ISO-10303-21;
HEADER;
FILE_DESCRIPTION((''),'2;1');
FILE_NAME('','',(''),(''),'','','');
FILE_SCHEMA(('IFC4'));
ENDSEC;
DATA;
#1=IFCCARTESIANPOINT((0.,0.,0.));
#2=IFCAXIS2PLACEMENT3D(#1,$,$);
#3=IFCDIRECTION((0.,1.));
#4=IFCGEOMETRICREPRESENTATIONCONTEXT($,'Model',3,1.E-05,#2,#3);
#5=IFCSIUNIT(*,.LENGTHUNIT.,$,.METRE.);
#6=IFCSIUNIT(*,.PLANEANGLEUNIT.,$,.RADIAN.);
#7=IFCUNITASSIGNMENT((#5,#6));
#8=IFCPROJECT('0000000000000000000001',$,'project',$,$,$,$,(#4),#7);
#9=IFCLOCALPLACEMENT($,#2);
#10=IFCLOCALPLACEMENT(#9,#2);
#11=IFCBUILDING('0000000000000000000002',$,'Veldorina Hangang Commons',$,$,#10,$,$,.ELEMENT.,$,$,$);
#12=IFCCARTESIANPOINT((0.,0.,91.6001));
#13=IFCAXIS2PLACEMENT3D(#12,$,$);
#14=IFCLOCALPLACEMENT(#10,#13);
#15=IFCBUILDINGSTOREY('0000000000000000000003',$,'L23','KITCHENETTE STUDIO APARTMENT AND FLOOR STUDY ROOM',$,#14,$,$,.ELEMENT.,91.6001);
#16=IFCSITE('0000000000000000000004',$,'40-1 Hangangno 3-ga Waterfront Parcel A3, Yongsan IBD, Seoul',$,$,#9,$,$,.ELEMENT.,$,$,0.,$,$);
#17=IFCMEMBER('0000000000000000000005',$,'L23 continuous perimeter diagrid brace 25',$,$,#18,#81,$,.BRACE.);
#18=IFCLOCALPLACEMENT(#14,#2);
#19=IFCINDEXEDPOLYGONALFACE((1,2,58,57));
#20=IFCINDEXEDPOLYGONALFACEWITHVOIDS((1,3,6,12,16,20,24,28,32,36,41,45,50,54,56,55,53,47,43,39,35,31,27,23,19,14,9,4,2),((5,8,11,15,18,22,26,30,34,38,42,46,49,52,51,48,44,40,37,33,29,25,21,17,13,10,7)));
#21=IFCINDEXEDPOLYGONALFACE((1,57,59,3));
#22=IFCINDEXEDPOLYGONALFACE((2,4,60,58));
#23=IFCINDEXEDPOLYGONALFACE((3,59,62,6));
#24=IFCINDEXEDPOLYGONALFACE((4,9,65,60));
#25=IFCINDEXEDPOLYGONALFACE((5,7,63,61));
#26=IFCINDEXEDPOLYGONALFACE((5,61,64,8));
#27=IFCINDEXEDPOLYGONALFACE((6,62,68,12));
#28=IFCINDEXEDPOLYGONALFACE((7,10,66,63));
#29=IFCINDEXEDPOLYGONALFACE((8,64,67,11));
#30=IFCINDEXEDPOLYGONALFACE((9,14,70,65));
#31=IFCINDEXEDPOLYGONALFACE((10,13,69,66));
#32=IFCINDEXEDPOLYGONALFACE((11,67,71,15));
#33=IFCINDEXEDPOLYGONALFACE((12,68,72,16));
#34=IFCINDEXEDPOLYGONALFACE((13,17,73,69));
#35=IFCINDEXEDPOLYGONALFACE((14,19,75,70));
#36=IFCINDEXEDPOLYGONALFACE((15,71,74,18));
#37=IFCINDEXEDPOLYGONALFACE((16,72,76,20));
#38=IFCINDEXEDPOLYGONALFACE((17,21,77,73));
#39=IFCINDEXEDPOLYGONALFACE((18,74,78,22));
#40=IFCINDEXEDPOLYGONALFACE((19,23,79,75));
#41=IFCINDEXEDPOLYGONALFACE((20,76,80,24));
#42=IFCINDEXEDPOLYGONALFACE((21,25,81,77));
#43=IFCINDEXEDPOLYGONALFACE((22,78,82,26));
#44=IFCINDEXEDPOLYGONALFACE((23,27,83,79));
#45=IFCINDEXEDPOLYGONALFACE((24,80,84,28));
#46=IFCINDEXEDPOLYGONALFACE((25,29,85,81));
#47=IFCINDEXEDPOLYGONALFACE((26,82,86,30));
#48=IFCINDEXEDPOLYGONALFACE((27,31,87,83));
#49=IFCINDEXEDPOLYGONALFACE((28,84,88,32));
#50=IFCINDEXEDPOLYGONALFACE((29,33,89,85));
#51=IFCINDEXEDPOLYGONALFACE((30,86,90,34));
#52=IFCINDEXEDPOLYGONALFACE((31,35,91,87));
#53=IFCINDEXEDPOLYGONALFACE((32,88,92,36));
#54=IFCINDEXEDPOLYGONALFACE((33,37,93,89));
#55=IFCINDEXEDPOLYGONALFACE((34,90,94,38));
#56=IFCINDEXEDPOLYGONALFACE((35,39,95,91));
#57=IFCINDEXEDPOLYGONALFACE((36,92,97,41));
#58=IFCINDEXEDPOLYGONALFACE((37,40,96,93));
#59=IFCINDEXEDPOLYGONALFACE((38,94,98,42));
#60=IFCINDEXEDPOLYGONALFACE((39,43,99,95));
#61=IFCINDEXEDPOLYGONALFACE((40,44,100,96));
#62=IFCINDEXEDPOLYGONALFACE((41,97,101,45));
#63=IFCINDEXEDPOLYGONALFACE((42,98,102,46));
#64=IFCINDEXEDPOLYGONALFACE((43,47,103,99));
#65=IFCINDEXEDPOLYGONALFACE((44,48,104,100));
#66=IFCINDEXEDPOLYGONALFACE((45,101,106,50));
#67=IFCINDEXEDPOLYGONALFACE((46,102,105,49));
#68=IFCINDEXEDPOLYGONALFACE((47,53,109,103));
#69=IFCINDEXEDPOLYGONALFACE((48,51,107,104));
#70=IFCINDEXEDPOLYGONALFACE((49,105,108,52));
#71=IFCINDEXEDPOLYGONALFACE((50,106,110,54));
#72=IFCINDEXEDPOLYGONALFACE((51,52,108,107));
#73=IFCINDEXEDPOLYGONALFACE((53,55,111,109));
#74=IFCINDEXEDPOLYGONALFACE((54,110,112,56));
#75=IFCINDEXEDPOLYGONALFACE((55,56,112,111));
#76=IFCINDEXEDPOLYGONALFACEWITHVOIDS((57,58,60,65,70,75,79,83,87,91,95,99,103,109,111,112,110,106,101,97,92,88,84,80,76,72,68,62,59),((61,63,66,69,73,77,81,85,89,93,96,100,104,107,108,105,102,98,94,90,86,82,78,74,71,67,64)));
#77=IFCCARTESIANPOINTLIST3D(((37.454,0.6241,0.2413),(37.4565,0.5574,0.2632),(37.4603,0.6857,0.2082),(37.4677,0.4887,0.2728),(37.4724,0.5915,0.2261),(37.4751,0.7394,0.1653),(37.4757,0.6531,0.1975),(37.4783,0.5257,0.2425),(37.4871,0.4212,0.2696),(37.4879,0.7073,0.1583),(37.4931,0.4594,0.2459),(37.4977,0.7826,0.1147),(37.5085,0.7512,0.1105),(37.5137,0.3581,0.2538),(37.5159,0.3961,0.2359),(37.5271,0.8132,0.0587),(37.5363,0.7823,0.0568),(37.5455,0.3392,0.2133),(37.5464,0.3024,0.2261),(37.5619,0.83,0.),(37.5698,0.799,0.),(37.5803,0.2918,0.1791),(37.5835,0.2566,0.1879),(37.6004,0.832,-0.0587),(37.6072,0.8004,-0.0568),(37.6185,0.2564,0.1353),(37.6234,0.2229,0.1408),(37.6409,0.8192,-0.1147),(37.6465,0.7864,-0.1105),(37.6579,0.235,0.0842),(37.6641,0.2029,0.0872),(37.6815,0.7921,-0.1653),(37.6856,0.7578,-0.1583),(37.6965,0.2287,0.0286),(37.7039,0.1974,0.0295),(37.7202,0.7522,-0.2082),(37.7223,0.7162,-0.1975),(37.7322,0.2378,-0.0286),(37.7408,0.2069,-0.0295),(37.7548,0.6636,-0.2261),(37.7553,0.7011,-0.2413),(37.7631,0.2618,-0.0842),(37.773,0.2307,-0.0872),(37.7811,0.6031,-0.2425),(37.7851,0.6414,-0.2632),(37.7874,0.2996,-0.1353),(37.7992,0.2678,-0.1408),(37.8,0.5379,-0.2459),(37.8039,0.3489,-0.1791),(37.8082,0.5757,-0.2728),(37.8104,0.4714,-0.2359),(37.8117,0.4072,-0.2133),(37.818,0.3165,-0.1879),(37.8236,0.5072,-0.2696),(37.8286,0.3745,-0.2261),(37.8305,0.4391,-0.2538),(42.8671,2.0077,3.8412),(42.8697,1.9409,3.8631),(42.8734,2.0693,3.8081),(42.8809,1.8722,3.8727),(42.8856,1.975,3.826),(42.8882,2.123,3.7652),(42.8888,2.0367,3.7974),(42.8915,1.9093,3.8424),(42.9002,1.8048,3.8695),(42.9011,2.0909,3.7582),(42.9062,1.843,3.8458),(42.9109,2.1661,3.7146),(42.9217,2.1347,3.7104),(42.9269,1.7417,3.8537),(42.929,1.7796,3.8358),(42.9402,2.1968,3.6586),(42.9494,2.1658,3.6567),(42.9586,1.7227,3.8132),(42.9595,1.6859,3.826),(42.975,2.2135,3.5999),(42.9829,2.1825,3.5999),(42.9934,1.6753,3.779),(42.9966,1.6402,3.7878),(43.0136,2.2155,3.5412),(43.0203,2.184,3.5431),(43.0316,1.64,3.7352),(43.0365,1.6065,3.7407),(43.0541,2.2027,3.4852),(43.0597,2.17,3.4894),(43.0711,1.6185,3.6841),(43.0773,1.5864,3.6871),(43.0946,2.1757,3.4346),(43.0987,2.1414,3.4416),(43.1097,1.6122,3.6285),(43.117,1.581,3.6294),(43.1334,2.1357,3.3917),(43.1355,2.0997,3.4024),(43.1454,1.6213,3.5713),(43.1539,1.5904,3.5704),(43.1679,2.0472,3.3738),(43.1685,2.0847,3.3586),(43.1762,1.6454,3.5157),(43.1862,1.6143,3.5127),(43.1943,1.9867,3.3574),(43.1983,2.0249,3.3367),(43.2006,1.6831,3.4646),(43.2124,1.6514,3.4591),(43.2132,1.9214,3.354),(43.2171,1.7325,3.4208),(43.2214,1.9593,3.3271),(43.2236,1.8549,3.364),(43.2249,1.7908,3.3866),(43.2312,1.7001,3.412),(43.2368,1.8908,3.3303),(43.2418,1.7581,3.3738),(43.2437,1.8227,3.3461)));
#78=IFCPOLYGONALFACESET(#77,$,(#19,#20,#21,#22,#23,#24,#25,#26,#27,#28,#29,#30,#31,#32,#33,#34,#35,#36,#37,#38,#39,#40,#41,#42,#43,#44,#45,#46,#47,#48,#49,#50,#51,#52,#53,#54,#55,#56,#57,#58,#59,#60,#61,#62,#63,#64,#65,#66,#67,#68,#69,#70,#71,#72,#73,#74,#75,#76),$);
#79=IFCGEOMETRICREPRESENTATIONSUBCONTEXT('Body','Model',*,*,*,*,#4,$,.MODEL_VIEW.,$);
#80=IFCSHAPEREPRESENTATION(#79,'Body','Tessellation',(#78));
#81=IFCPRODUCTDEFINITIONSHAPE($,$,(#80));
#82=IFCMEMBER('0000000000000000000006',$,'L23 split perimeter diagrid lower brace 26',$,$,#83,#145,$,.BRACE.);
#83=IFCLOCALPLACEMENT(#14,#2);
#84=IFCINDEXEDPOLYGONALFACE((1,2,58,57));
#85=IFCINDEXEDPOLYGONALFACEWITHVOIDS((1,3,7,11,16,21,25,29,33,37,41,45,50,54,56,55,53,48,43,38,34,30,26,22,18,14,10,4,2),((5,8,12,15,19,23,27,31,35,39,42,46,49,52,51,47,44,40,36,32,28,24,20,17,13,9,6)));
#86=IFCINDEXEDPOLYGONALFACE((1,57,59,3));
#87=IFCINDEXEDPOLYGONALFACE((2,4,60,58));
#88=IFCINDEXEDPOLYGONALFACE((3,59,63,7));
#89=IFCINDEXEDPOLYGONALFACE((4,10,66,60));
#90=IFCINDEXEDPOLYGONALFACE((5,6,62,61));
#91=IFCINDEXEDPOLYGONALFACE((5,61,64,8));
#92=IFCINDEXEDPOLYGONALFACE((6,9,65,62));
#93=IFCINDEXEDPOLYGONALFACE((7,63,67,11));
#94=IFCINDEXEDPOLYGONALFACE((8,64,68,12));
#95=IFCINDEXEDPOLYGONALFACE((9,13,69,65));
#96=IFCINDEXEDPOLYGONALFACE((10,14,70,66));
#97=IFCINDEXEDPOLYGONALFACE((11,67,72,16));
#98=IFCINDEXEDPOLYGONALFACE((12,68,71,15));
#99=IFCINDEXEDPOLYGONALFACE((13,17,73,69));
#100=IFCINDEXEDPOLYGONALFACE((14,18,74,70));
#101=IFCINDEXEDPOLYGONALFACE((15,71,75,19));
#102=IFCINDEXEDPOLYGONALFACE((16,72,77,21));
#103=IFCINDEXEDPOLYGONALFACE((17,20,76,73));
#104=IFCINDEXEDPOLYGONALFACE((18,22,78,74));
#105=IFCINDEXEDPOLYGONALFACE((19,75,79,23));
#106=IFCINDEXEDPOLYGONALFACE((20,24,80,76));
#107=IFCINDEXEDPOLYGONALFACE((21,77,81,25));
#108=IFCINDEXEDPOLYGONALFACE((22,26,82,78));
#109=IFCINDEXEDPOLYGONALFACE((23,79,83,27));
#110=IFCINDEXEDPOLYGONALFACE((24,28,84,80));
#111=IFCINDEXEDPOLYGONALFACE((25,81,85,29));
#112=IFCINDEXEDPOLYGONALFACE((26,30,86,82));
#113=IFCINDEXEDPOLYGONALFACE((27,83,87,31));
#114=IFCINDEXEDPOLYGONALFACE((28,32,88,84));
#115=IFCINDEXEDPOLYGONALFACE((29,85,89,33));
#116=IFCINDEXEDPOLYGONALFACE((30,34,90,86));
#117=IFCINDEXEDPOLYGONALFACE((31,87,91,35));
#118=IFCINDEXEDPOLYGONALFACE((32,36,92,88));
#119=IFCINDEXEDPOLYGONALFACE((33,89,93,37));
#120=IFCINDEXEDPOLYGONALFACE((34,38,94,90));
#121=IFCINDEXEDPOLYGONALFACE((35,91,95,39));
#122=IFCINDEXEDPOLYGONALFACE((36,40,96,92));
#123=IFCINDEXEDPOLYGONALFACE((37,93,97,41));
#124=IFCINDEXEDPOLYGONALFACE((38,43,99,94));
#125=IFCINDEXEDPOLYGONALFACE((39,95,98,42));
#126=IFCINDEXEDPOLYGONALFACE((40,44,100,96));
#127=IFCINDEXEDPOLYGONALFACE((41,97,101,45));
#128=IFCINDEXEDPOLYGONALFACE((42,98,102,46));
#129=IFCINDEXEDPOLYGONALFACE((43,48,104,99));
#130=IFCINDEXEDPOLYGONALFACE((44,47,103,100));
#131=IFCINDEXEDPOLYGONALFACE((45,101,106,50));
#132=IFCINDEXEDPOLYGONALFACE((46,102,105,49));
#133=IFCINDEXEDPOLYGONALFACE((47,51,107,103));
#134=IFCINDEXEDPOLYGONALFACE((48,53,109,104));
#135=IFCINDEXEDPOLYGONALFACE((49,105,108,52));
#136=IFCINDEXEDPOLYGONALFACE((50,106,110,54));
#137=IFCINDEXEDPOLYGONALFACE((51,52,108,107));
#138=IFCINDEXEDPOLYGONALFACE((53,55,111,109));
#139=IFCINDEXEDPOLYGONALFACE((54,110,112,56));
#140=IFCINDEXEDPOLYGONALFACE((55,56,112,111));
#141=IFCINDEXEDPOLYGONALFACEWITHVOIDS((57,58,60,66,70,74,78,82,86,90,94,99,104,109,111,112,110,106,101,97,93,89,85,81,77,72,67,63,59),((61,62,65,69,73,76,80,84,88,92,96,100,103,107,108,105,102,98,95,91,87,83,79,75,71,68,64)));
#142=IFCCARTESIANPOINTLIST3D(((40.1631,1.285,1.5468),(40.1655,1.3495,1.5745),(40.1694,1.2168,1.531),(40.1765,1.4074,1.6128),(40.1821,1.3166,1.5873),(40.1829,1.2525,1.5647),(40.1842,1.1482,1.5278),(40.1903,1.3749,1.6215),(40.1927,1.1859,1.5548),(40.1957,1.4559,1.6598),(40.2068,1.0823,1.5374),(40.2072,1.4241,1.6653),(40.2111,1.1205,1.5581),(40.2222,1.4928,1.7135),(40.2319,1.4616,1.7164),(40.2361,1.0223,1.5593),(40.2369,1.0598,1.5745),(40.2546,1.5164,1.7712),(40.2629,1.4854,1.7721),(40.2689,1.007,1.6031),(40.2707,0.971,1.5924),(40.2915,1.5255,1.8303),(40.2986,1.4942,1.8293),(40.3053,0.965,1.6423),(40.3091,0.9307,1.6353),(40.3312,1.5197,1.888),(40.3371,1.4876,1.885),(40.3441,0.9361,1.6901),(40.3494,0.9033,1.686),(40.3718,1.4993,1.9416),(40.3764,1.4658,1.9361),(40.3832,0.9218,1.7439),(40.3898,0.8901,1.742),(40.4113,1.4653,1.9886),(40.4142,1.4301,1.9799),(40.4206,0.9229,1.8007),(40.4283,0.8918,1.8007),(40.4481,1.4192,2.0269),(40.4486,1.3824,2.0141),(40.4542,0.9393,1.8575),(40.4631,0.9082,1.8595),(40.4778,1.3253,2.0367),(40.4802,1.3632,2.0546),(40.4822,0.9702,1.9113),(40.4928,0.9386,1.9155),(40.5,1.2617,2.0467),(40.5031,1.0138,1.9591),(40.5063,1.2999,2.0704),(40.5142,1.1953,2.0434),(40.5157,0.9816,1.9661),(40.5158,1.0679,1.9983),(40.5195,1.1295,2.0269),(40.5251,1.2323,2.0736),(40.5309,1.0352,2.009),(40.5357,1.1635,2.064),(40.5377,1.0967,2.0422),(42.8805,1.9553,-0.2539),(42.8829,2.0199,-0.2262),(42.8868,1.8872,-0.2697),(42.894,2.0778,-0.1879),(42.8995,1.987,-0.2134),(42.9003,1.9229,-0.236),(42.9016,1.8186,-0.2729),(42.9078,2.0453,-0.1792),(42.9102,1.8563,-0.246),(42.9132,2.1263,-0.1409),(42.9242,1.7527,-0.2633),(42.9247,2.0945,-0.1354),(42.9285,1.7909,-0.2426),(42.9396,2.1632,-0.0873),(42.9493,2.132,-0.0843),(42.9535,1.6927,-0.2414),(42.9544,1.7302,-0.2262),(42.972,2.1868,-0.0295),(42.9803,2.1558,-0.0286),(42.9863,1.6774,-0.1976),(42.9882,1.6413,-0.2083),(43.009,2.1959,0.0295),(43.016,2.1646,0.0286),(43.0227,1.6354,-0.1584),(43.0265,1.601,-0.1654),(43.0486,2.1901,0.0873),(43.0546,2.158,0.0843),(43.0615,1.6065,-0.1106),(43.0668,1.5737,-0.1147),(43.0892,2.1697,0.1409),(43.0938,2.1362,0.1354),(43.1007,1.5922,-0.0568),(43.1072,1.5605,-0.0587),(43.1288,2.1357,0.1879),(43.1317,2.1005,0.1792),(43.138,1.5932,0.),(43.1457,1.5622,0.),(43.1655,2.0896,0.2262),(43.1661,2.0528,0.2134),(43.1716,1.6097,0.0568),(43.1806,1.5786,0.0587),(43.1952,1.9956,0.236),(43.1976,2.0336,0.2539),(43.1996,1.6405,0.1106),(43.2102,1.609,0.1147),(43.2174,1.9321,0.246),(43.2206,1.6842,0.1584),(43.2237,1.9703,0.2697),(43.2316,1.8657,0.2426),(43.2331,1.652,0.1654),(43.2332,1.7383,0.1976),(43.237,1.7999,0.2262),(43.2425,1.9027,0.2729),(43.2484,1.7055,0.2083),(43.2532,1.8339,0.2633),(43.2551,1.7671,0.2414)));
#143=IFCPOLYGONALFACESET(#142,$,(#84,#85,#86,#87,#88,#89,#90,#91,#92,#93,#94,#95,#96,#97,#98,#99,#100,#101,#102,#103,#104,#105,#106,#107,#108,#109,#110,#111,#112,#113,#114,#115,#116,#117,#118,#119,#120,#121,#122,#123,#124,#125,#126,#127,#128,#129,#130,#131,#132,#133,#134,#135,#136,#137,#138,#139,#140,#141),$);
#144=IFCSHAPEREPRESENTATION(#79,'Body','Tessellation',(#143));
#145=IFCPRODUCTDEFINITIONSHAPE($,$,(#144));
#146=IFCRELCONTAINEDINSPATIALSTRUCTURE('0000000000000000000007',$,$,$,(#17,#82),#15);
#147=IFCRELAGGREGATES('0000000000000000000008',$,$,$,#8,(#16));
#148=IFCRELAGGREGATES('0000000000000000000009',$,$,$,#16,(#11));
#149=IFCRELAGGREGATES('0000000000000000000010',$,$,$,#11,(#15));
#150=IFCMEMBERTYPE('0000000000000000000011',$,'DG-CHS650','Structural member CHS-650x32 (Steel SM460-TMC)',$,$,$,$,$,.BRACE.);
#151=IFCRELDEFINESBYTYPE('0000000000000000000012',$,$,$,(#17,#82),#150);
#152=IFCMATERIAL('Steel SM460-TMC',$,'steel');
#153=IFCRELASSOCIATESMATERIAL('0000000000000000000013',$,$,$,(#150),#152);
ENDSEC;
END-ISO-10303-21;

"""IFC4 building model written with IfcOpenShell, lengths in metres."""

from ifc_helpers import new_model, si_unit, direction, frame, origin, origin_2d, place, context, subcontext, project, spatial, hollow_circle, extrude, material, material_profile, profile_set, type_object, element, save


model = new_model("IFC4")

# Units and contexts
model_context = context("Model", 3, precision=1e-05, world=origin(), true_north=direction((0.0, 1.0)))
body_context = subcontext(model_context, "Body", "Model", "MODEL_VIEW")
ifc_project = project(units=[si_unit("LENGTHUNIT", "METRE"), si_unit("PLANEANGLEUNIT", "RADIAN")], contexts=[model_context])

# Site, building, storey
site_placement = place(None, origin())
site = spatial("IfcSite", under=ifc_project, at=site_placement, Name="40-1 Hangangno 3-ga Waterfront Parcel A3, Yongsan IBD, Seoul", CompositionType="ELEMENT", RefElevation=0.0)
building_placement = place(site_placement, origin())
building = spatial("IfcBuilding", under=site, at=building_placement, Name="Veldorina Hangang Commons", CompositionType="ELEMENT")
storey_placement = place(building_placement, frame((0.0, 0.0, 91.6001)))
storey = spatial("IfcBuildingStorey", under=building, at=storey_placement, Name="L23", Description="KITCHENETTE STUDIO APARTMENT AND FLOOR STUDY ROOM", CompositionType="ELEMENT", Elevation=91.6001)

# Members
ifc_material_1 = material(Name="Steel SM460-TMC", Category="steel")
ifc_material_profile_1 = material_profile(ifc_material_1, hollow_circle(Radius=0.325, WallThickness=0.032, at=origin_2d()), Name="CHS-650x32")
ifc_profile_set_1 = profile_set([ifc_material_profile_1], Name="Steel SM460-TMC")
member_type_1 = type_object("IfcMemberType", Name="DG-CHS650", Description="Structural member CHS-650x32 (Steel SM460-TMC)", PredefinedType="BRACE", material=ifc_profile_set_1)
member_1_placement = place(storey_placement, frame((37.6423, 0.5151, 0.0), z_axis=(0.814439, 0.208165, 0.541625), x_axis=(-0.247632, 0.968854, 0.0)))
element("IfcMember", 1, at=member_1_placement, inside=storey, type_object=member_type_1, Name="L23 continuous perimeter diagrid brace 25", PredefinedType="BRACE", context=body_context, shape_type="SweptSolid", body=[
    extrude(hollow_circle(Radius=0.325, WallThickness=0.032, at=origin_2d()), origin(), (0.0, 0.0, 1.0), 6.6465),
])
member_2_placement = place(storey_placement, frame((43.0679, 1.8777, 0.0), z_axis=(-0.816505, -0.20143, 0.54106), x_axis=(0.239518, -0.970892, 0.0)))
element("IfcMember", 2, at=member_2_placement, inside=storey, type_object=member_type_1, Name="L23 split perimeter diagrid lower brace 26", PredefinedType="BRACE", context=body_context, shape_type="SweptSolid", body=[
    extrude(hollow_circle(Radius=0.325, WallThickness=0.032, at=origin_2d()), origin(), (0.0, 0.0, 1.0), 3.3281),
])

save(model, "model.ifc")
